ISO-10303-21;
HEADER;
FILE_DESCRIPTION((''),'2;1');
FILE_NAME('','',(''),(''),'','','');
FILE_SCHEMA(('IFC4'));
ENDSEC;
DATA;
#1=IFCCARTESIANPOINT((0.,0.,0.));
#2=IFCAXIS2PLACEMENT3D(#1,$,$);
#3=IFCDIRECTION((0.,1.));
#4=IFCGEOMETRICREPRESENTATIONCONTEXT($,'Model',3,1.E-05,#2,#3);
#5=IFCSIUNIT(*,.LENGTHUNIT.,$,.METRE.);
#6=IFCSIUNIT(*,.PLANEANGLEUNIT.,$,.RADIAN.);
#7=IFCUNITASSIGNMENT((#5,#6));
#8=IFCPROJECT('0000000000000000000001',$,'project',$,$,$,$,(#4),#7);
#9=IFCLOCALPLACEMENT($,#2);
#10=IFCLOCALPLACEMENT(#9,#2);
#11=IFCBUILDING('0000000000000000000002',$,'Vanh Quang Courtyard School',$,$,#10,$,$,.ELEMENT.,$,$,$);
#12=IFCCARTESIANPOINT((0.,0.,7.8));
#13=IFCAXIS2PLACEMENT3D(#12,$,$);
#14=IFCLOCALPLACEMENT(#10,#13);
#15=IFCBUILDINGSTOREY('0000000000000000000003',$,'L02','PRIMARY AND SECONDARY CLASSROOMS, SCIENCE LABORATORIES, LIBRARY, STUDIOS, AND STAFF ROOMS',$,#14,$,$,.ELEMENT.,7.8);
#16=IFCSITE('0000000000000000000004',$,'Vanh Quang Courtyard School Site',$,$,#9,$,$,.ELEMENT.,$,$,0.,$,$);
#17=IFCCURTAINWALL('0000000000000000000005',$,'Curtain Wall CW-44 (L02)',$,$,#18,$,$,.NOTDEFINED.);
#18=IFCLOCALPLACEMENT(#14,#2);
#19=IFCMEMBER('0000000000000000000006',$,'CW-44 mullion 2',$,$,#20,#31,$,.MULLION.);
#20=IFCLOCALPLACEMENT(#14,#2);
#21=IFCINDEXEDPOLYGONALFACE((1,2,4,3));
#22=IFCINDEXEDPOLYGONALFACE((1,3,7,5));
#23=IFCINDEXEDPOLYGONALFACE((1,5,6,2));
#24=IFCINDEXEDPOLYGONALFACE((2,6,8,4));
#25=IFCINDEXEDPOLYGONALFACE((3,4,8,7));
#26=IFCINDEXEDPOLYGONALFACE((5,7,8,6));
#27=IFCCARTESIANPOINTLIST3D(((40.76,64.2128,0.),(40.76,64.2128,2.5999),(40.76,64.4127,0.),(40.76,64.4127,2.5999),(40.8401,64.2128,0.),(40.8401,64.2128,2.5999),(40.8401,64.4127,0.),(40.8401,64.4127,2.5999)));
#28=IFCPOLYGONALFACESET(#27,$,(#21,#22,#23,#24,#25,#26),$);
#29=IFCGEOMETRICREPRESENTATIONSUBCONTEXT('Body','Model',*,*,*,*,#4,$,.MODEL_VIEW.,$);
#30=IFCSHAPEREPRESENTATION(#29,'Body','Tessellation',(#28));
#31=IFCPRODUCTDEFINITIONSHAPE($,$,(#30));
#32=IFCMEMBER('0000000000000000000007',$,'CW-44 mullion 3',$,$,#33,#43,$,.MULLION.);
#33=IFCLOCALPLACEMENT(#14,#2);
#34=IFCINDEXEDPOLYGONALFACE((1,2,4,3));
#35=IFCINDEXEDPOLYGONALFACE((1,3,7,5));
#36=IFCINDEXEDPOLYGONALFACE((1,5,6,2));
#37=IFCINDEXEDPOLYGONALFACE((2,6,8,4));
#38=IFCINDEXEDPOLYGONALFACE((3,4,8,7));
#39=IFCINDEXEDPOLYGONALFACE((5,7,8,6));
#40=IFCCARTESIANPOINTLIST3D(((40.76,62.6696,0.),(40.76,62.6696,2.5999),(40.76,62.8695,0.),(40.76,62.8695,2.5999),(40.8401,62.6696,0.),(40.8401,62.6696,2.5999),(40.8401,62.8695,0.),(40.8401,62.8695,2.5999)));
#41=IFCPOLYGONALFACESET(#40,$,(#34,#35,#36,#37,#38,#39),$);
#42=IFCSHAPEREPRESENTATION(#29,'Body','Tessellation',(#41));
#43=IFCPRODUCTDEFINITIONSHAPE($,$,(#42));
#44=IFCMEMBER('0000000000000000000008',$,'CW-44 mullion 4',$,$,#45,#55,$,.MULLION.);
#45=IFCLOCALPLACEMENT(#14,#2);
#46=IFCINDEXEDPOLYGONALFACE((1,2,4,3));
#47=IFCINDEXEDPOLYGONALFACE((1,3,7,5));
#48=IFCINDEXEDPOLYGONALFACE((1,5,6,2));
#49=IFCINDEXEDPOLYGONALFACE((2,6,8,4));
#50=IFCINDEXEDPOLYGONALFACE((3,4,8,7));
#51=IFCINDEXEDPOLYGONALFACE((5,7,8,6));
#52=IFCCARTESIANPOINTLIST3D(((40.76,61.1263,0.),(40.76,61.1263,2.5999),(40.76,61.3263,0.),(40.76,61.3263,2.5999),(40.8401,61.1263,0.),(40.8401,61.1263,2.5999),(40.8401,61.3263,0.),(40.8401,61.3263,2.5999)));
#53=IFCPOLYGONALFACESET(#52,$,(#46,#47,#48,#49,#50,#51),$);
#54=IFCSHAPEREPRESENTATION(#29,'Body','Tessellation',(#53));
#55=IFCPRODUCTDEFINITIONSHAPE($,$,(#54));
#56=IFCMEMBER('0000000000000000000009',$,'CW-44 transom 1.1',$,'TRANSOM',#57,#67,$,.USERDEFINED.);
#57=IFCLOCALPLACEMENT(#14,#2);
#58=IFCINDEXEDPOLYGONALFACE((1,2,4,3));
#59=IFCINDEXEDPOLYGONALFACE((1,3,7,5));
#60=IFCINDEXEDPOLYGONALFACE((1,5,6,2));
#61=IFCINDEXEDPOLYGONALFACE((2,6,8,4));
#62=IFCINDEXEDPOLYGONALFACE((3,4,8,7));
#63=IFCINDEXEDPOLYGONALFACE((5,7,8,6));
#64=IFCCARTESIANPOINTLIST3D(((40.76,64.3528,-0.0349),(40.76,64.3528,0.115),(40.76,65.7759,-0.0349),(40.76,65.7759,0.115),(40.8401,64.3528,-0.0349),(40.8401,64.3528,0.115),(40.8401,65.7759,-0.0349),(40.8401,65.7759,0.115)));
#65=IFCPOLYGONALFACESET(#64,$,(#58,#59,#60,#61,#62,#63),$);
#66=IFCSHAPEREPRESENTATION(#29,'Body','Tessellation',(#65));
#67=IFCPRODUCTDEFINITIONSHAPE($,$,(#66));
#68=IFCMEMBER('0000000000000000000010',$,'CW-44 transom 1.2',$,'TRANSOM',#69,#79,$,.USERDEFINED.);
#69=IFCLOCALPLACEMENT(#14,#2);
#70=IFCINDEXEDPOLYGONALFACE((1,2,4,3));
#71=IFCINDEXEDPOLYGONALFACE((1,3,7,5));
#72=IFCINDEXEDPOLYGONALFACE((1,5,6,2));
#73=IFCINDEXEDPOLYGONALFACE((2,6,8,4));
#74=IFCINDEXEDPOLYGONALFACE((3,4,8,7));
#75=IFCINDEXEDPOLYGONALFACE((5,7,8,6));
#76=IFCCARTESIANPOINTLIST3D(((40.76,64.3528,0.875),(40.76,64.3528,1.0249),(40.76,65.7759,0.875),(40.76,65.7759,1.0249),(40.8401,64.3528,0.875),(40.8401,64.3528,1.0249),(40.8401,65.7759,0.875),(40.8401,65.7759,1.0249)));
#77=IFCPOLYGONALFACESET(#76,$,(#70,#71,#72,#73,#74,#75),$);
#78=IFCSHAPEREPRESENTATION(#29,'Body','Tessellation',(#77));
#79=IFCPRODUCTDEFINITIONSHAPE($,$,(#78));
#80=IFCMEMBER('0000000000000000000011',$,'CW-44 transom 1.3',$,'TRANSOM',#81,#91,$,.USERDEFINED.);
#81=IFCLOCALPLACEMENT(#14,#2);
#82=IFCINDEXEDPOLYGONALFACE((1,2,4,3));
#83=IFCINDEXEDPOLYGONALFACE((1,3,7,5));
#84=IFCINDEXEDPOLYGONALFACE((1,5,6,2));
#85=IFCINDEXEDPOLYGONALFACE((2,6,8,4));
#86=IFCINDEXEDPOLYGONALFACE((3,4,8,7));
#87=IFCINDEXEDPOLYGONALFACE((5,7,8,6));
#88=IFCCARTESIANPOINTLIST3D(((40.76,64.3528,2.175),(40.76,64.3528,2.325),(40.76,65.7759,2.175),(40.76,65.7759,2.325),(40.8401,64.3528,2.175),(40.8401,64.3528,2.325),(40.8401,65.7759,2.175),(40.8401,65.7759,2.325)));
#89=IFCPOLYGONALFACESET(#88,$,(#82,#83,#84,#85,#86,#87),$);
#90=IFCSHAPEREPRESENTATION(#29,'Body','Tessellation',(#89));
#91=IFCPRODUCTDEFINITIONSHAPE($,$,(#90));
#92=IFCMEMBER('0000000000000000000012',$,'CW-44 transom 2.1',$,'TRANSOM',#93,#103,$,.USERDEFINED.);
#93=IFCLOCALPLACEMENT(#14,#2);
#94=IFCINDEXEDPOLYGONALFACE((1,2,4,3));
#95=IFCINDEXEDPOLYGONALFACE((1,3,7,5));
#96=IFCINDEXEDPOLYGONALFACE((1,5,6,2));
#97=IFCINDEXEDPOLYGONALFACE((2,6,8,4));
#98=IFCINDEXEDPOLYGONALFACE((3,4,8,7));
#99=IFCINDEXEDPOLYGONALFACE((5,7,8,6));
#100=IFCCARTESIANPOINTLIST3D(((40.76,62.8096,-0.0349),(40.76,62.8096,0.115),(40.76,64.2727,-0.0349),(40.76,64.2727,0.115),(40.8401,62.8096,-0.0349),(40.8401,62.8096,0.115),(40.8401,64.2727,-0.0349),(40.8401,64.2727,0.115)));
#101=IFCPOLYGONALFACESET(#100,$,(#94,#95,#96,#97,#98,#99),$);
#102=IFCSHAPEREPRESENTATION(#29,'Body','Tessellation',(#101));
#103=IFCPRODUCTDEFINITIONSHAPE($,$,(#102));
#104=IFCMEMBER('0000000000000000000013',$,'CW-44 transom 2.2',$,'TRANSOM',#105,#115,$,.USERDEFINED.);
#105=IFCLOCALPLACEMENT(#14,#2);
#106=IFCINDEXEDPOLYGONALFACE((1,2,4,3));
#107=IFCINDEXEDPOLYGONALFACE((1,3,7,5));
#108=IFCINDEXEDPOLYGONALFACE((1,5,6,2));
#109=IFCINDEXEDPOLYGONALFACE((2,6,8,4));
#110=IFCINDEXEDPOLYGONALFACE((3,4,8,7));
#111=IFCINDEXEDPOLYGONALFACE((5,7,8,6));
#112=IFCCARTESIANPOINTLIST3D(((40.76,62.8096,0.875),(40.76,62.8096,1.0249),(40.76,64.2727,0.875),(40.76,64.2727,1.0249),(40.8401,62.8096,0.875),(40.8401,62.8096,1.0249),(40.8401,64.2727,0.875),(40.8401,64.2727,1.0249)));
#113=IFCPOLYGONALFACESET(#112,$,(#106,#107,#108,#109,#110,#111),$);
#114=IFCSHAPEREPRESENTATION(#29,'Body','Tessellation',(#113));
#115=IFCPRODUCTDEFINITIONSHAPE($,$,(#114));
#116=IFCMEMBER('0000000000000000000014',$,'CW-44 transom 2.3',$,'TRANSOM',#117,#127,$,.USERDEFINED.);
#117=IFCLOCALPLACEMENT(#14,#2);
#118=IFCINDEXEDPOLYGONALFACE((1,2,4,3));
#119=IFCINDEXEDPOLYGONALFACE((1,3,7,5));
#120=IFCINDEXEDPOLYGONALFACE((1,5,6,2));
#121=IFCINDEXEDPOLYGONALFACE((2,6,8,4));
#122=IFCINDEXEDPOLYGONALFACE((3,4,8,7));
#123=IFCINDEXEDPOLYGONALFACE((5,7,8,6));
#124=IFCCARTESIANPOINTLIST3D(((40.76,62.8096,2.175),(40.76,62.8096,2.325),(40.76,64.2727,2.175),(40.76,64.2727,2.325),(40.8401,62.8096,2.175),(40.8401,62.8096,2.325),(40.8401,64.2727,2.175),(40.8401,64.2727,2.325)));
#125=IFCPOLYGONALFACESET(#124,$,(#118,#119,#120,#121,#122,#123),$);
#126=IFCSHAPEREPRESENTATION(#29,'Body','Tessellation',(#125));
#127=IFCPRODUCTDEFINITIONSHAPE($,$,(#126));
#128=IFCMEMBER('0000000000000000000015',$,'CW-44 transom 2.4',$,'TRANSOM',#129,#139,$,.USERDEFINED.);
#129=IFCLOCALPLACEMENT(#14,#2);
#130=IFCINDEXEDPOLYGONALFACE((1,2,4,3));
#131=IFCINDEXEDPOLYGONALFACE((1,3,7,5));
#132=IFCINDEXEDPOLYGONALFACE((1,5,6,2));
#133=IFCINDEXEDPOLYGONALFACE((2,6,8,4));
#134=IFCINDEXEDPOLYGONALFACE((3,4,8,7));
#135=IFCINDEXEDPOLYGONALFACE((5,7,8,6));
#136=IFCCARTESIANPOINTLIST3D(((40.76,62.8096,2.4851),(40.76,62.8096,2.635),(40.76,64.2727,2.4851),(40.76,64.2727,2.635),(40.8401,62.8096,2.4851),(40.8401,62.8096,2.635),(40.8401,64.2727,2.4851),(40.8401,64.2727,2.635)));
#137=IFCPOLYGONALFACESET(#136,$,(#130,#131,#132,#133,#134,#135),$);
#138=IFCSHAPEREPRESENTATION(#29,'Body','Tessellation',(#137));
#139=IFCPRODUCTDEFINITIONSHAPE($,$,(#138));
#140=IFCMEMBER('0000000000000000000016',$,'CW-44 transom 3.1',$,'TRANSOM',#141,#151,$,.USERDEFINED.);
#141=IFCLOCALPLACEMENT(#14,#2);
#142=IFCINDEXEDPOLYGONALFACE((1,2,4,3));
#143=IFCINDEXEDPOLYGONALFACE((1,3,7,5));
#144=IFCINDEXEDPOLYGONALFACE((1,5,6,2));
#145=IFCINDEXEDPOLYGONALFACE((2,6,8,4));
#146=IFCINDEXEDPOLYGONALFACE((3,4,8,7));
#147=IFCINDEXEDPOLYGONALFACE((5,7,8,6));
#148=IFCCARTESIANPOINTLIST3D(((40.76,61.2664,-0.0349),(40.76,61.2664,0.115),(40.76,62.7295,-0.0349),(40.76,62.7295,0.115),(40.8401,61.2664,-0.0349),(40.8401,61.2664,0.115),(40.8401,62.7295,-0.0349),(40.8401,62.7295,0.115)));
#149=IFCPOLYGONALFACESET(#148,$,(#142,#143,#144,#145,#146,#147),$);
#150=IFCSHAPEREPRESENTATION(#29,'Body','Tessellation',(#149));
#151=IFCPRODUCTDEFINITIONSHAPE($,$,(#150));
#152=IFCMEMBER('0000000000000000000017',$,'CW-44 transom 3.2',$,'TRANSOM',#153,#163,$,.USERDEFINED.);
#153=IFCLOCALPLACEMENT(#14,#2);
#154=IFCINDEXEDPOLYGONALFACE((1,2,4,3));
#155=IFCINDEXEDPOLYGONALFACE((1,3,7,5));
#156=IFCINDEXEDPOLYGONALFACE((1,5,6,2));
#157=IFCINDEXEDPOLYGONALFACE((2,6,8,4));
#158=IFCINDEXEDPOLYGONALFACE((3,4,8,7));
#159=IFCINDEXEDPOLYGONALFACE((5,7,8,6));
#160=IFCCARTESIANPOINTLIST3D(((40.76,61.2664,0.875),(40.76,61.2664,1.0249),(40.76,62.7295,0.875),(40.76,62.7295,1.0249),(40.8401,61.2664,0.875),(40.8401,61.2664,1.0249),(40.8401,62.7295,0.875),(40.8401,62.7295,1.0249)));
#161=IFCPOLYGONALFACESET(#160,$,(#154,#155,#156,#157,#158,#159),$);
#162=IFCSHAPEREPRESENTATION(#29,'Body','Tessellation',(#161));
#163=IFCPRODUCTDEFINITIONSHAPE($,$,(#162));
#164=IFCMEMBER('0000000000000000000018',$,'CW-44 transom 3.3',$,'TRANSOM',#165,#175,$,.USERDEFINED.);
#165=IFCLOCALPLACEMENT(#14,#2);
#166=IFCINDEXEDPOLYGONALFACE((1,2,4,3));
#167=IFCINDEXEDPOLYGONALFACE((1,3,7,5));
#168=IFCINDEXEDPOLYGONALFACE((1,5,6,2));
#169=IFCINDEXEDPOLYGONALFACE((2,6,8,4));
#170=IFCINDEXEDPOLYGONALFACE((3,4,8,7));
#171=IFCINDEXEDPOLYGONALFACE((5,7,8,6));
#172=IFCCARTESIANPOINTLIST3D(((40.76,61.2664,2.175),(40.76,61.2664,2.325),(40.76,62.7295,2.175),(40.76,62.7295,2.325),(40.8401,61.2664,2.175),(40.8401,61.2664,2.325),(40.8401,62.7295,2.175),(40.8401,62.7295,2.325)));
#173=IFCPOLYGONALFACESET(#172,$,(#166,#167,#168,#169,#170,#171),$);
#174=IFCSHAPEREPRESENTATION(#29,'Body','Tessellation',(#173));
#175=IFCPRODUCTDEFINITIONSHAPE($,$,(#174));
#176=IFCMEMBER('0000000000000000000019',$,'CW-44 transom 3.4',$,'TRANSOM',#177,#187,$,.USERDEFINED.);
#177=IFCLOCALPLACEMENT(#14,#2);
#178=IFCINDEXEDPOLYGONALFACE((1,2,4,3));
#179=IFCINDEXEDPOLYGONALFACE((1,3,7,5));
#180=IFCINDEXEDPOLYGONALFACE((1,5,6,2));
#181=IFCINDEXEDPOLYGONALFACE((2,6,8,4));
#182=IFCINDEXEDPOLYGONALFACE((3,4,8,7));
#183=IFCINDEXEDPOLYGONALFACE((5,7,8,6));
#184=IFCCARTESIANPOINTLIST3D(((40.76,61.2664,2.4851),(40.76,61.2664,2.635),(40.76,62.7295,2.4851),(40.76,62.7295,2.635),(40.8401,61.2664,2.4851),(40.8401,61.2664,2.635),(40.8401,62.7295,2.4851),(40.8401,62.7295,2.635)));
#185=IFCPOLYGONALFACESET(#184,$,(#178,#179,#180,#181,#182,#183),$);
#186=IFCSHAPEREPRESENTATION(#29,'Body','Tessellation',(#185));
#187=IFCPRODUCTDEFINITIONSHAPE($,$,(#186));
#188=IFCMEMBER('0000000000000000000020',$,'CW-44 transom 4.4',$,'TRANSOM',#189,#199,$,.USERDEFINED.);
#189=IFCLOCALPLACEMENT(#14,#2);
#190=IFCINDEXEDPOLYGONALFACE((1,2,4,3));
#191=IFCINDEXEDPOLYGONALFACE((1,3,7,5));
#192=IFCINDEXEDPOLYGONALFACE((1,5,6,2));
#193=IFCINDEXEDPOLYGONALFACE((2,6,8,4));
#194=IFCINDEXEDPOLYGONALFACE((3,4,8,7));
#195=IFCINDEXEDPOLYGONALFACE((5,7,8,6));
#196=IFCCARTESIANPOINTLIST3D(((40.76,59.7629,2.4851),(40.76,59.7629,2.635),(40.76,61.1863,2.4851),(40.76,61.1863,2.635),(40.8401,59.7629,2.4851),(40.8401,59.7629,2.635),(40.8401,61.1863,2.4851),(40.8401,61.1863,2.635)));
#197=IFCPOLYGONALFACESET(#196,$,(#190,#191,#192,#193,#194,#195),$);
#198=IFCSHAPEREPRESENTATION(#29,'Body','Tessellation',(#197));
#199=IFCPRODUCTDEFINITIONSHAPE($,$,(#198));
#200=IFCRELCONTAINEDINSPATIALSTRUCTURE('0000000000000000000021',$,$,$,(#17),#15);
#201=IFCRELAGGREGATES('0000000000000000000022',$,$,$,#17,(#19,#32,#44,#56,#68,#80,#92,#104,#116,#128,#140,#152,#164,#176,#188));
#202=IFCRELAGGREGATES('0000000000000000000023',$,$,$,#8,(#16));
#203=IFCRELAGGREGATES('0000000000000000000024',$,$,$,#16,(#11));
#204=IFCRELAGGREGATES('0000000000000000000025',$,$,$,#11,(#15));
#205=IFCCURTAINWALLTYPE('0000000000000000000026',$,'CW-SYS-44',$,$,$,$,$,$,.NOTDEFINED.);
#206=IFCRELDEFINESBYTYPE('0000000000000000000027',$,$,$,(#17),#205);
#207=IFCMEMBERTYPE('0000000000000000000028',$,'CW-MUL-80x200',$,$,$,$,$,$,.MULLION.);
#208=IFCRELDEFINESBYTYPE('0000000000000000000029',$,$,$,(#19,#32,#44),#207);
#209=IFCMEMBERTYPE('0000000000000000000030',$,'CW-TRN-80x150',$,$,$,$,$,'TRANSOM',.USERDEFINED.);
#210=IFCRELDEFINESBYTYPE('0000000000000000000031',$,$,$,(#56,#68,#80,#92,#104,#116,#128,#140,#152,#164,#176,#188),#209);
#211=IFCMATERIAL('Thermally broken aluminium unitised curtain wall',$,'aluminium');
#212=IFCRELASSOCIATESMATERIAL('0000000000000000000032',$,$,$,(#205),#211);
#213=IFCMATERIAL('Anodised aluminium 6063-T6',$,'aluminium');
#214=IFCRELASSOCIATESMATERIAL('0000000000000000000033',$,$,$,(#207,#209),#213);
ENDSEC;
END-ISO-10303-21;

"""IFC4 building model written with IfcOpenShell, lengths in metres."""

from ifc_helpers import new_model, si_unit, direction, frame, origin, origin_2d, place, context, subcontext, project, spatial, rectangle, extrude, material, material_profile, profile_set, type_object, element, aggregate, save


model = new_model("IFC4")

# Units and contexts
model_context = context("Model", 3, precision=1e-05, world=origin(), true_north=direction((0.0, 1.0)))
body_context = subcontext(model_context, "Body", "Model", "MODEL_VIEW")
ifc_project = project(units=[si_unit("LENGTHUNIT", "METRE"), si_unit("PLANEANGLEUNIT", "RADIAN")], contexts=[model_context])

# Site, building, storey
site_placement = place(None, origin())
site = spatial("IfcSite", under=ifc_project, at=site_placement, Name="Vanh Quang Courtyard School Site", CompositionType="ELEMENT", RefElevation=0.0)
building_placement = place(site_placement, origin())
building = spatial("IfcBuilding", under=site, at=building_placement, Name="Vanh Quang Courtyard School", CompositionType="ELEMENT")
storey_placement = place(building_placement, frame((0.0, 0.0, 7.8)))
storey = spatial("IfcBuildingStorey", under=building, at=storey_placement, Name="L02", Description="PRIMARY AND SECONDARY CLASSROOMS, SCIENCE LABORATORIES, LIBRARY, STUDIOS, AND STAFF ROOMS", CompositionType="ELEMENT", Elevation=7.8)

# Curtain wall, members
ifc_material_1 = material(Name="Thermally broken aluminium unitised curtain wall", Category="aluminium")
curtain_wall_type = type_object("IfcCurtainWallType", Name="CW-SYS-44", PredefinedType="NOTDEFINED", material=ifc_material_1)
curtain_wall_placement = place(storey_placement, origin())
curtain_wall = element("IfcCurtainWall", 1, at=curtain_wall_placement, inside=storey, type_object=curtain_wall_type, Name="Curtain Wall CW-44 (L02)", PredefinedType="NOTDEFINED")
ifc_material_2 = material(Name="Anodised aluminium 6063-T6", Category="aluminium")
ifc_material_profile_1 = material_profile(ifc_material_2, rectangle(XDim=0.0801, YDim=0.2, at=origin_2d()), Name="ALU-MUL 80x200")
ifc_profile_set_1 = profile_set([ifc_material_profile_1], Name="Anodised aluminium 6063-T6")
member_type_1 = type_object("IfcMemberType", Name="CW-MUL-80x200", PredefinedType="MULLION", material=ifc_profile_set_1)
member_1_placement = place(storey_placement, frame((40.8, 64.3127, 0.0), z_axis=(0.0, 0.0, 1.0), x_axis=(1.0, 0.0, 0.0)))
member_1 = element("IfcMember", 2, at=member_1_placement, type_object=member_type_1, Name="CW-44 mullion 2", PredefinedType="MULLION", context=body_context, shape_type="SweptSolid", body=[
    extrude(rectangle(XDim=0.0801, YDim=0.2, at=origin_2d()), origin(), (0.0, 0.0, 1.0), 2.5999),
])
member_2_placement = place(storey_placement, frame((40.8, 62.7695, 0.0), z_axis=(0.0, 0.0, 1.0), x_axis=(1.0, 0.0, 0.0)))
member_2 = element("IfcMember", 3, at=member_2_placement, type_object=member_type_1, Name="CW-44 mullion 3", PredefinedType="MULLION", context=body_context, shape_type="SweptSolid", body=[
    extrude(rectangle(XDim=0.0801, YDim=0.2, at=origin_2d()), origin(), (0.0, 0.0, 1.0), 2.5999),
])
member_3_placement = place(storey_placement, frame((40.8, 61.2263, 0.0), z_axis=(0.0, 0.0, 1.0), x_axis=(1.0, 0.0, 0.0)))
member_3 = element("IfcMember", 4, at=member_3_placement, type_object=member_type_1, Name="CW-44 mullion 4", PredefinedType="MULLION", context=body_context, shape_type="SweptSolid", body=[
    extrude(rectangle(XDim=0.0801, YDim=0.2, at=origin_2d()), origin(), (0.0, 0.0, 1.0), 2.5999),
])
ifc_material_profile_2 = material_profile(ifc_material_2, rectangle(XDim=0.0801, YDim=0.1499, at=origin_2d()), Name="ALU-TRN 80x150")
ifc_profile_set_2 = profile_set([ifc_material_profile_2], Name="Anodised aluminium 6063-T6")
member_type_2 = type_object("IfcMemberType", Name="CW-TRN-80x150", ElementType="TRANSOM", PredefinedType="USERDEFINED", material=ifc_profile_set_2)
member_4_placement = place(storey_placement, frame((40.8, 65.7759, 0.04), z_axis=(0.0, -1.0, 0.0), x_axis=(1.0, 0.0, 0.0)))
member_4 = element("IfcMember", 5, at=member_4_placement, type_object=member_type_2, Name="CW-44 transom 1.1", ObjectType="TRANSOM", PredefinedType="USERDEFINED", context=body_context, shape_type="SweptSolid", body=[
    extrude(rectangle(XDim=0.0801, YDim=0.1499, at=origin_2d()), origin(), (0.0, 0.0, 1.0), 1.4231),
])
member_5_placement = place(storey_placement, frame((40.8, 65.7759, 0.95), z_axis=(0.0, -1.0, 0.0), x_axis=(1.0, 0.0, 0.0)))
member_5 = element("IfcMember", 6, at=member_5_placement, type_object=member_type_2, Name="CW-44 transom 1.2", ObjectType="TRANSOM", PredefinedType="USERDEFINED", context=body_context, shape_type="SweptSolid", body=[
    extrude(rectangle(XDim=0.0801, YDim=0.1499, at=origin_2d()), origin(), (0.0, 0.0, 1.0), 1.4231),
])
member_6_placement = place(storey_placement, frame((40.8, 65.7759, 2.25), z_axis=(0.0, -1.0, 0.0), x_axis=(1.0, 0.0, 0.0)))
member_6 = element("IfcMember", 7, at=member_6_placement, type_object=member_type_2, Name="CW-44 transom 1.3", ObjectType="TRANSOM", PredefinedType="USERDEFINED", context=body_context, shape_type="SweptSolid", body=[
    extrude(rectangle(XDim=0.0801, YDim=0.1499, at=origin_2d()), origin(), (0.0, 0.0, 1.0), 1.4231),
])
member_7_placement = place(storey_placement, frame((40.8, 64.2727, 0.04), z_axis=(0.0, -1.0, 0.0), x_axis=(1.0, 0.0, 0.0)))
member_7 = element("IfcMember", 8, at=member_7_placement, type_object=member_type_2, Name="CW-44 transom 2.1", ObjectType="TRANSOM", PredefinedType="USERDEFINED", context=body_context, shape_type="SweptSolid", body=[
    extrude(rectangle(XDim=0.0801, YDim=0.1499, at=origin_2d()), origin(), (0.0, 0.0, 1.0), 1.4631),
])
member_8_placement = place(storey_placement, frame((40.8, 64.2727, 0.95), z_axis=(0.0, -1.0, 0.0), x_axis=(1.0, 0.0, 0.0)))
member_8 = element("IfcMember", 9, at=member_8_placement, type_object=member_type_2, Name="CW-44 transom 2.2", ObjectType="TRANSOM", PredefinedType="USERDEFINED", context=body_context, shape_type="SweptSolid", body=[
    extrude(rectangle(XDim=0.0801, YDim=0.1499, at=origin_2d()), origin(), (0.0, 0.0, 1.0), 1.4631),
])
member_9_placement = place(storey_placement, frame((40.8, 64.2727, 2.25), z_axis=(0.0, -1.0, 0.0), x_axis=(1.0, 0.0, 0.0)))
member_9 = element("IfcMember", 10, at=member_9_placement, type_object=member_type_2, Name="CW-44 transom 2.3", ObjectType="TRANSOM", PredefinedType="USERDEFINED", context=body_context, shape_type="SweptSolid", body=[
    extrude(rectangle(XDim=0.0801, YDim=0.1499, at=origin_2d()), origin(), (0.0, 0.0, 1.0), 1.4631),
])
member_10_placement = place(storey_placement, frame((40.8, 64.2727, 2.5601), z_axis=(0.0, -1.0, 0.0), x_axis=(1.0, 0.0, 0.0)))
member_10 = element("IfcMember", 11, at=member_10_placement, type_object=member_type_2, Name="CW-44 transom 2.4", ObjectType="TRANSOM", PredefinedType="USERDEFINED", context=body_context, shape_type="SweptSolid", body=[
    extrude(rectangle(XDim=0.0801, YDim=0.1499, at=origin_2d()), origin(), (0.0, 0.0, 1.0), 1.4631),
])
member_11_placement = place(storey_placement, frame((40.8, 62.7295, 0.04), z_axis=(0.0, -1.0, 0.0), x_axis=(1.0, 0.0, 0.0)))
member_11 = element("IfcMember", 12, at=member_11_placement, type_object=member_type_2, Name="CW-44 transom 3.1", ObjectType="TRANSOM", PredefinedType="USERDEFINED", context=body_context, shape_type="SweptSolid", body=[
    extrude(rectangle(XDim=0.0801, YDim=0.1499, at=origin_2d()), origin(), (0.0, 0.0, 1.0), 1.4631),
])
member_12_placement = place(storey_placement, frame((40.8, 62.7295, 0.95), z_axis=(0.0, -1.0, 0.0), x_axis=(1.0, 0.0, 0.0)))
member_12 = element("IfcMember", 13, at=member_12_placement, type_object=member_type_2, Name="CW-44 transom 3.2", ObjectType="TRANSOM", PredefinedType="USERDEFINED", context=body_context, shape_type="SweptSolid", body=[
    extrude(rectangle(XDim=0.0801, YDim=0.1499, at=origin_2d()), origin(), (0.0, 0.0, 1.0), 1.4631),
])
member_13_placement = place(storey_placement, frame((40.8, 62.7295, 2.25), z_axis=(0.0, -1.0, 0.0), x_axis=(1.0, 0.0, 0.0)))
member_13 = element("IfcMember", 14, at=member_13_placement, type_object=member_type_2, Name="CW-44 transom 3.3", ObjectType="TRANSOM", PredefinedType="USERDEFINED", context=body_context, shape_type="SweptSolid", body=[
    extrude(rectangle(XDim=0.0801, YDim=0.1499, at=origin_2d()), origin(), (0.0, 0.0, 1.0), 1.4631),
])
member_14_placement = place(storey_placement, frame((40.8, 62.7295, 2.5601), z_axis=(0.0, -1.0, 0.0), x_axis=(1.0, 0.0, 0.0)))
member_14 = element("IfcMember", 15, at=member_14_placement, type_object=member_type_2, Name="CW-44 transom 3.4", ObjectType="TRANSOM", PredefinedType="USERDEFINED", context=body_context, shape_type="SweptSolid", body=[
    extrude(rectangle(XDim=0.0801, YDim=0.1499, at=origin_2d()), origin(), (0.0, 0.0, 1.0), 1.4631),
])
member_15_placement = place(storey_placement, frame((40.8, 61.1863, 2.5601), z_axis=(0.0, -1.0, 0.0), x_axis=(1.0, 0.0, 0.0)))
member_15 = element("IfcMember", 16, at=member_15_placement, type_object=member_type_2, Name="CW-44 transom 4.4", ObjectType="TRANSOM", PredefinedType="USERDEFINED", context=body_context, shape_type="SweptSolid", body=[
    extrude(rectangle(XDim=0.0801, YDim=0.1499, at=origin_2d()), origin(), (0.0, 0.0, 1.0), 1.4233),
])
aggregate(curtain_wall, [member_1, member_2, member_3, member_4, member_5, member_6, member_7, member_8, member_9, member_10, member_11, member_12, member_13, member_14, member_15])

save(model, "model.ifc")
